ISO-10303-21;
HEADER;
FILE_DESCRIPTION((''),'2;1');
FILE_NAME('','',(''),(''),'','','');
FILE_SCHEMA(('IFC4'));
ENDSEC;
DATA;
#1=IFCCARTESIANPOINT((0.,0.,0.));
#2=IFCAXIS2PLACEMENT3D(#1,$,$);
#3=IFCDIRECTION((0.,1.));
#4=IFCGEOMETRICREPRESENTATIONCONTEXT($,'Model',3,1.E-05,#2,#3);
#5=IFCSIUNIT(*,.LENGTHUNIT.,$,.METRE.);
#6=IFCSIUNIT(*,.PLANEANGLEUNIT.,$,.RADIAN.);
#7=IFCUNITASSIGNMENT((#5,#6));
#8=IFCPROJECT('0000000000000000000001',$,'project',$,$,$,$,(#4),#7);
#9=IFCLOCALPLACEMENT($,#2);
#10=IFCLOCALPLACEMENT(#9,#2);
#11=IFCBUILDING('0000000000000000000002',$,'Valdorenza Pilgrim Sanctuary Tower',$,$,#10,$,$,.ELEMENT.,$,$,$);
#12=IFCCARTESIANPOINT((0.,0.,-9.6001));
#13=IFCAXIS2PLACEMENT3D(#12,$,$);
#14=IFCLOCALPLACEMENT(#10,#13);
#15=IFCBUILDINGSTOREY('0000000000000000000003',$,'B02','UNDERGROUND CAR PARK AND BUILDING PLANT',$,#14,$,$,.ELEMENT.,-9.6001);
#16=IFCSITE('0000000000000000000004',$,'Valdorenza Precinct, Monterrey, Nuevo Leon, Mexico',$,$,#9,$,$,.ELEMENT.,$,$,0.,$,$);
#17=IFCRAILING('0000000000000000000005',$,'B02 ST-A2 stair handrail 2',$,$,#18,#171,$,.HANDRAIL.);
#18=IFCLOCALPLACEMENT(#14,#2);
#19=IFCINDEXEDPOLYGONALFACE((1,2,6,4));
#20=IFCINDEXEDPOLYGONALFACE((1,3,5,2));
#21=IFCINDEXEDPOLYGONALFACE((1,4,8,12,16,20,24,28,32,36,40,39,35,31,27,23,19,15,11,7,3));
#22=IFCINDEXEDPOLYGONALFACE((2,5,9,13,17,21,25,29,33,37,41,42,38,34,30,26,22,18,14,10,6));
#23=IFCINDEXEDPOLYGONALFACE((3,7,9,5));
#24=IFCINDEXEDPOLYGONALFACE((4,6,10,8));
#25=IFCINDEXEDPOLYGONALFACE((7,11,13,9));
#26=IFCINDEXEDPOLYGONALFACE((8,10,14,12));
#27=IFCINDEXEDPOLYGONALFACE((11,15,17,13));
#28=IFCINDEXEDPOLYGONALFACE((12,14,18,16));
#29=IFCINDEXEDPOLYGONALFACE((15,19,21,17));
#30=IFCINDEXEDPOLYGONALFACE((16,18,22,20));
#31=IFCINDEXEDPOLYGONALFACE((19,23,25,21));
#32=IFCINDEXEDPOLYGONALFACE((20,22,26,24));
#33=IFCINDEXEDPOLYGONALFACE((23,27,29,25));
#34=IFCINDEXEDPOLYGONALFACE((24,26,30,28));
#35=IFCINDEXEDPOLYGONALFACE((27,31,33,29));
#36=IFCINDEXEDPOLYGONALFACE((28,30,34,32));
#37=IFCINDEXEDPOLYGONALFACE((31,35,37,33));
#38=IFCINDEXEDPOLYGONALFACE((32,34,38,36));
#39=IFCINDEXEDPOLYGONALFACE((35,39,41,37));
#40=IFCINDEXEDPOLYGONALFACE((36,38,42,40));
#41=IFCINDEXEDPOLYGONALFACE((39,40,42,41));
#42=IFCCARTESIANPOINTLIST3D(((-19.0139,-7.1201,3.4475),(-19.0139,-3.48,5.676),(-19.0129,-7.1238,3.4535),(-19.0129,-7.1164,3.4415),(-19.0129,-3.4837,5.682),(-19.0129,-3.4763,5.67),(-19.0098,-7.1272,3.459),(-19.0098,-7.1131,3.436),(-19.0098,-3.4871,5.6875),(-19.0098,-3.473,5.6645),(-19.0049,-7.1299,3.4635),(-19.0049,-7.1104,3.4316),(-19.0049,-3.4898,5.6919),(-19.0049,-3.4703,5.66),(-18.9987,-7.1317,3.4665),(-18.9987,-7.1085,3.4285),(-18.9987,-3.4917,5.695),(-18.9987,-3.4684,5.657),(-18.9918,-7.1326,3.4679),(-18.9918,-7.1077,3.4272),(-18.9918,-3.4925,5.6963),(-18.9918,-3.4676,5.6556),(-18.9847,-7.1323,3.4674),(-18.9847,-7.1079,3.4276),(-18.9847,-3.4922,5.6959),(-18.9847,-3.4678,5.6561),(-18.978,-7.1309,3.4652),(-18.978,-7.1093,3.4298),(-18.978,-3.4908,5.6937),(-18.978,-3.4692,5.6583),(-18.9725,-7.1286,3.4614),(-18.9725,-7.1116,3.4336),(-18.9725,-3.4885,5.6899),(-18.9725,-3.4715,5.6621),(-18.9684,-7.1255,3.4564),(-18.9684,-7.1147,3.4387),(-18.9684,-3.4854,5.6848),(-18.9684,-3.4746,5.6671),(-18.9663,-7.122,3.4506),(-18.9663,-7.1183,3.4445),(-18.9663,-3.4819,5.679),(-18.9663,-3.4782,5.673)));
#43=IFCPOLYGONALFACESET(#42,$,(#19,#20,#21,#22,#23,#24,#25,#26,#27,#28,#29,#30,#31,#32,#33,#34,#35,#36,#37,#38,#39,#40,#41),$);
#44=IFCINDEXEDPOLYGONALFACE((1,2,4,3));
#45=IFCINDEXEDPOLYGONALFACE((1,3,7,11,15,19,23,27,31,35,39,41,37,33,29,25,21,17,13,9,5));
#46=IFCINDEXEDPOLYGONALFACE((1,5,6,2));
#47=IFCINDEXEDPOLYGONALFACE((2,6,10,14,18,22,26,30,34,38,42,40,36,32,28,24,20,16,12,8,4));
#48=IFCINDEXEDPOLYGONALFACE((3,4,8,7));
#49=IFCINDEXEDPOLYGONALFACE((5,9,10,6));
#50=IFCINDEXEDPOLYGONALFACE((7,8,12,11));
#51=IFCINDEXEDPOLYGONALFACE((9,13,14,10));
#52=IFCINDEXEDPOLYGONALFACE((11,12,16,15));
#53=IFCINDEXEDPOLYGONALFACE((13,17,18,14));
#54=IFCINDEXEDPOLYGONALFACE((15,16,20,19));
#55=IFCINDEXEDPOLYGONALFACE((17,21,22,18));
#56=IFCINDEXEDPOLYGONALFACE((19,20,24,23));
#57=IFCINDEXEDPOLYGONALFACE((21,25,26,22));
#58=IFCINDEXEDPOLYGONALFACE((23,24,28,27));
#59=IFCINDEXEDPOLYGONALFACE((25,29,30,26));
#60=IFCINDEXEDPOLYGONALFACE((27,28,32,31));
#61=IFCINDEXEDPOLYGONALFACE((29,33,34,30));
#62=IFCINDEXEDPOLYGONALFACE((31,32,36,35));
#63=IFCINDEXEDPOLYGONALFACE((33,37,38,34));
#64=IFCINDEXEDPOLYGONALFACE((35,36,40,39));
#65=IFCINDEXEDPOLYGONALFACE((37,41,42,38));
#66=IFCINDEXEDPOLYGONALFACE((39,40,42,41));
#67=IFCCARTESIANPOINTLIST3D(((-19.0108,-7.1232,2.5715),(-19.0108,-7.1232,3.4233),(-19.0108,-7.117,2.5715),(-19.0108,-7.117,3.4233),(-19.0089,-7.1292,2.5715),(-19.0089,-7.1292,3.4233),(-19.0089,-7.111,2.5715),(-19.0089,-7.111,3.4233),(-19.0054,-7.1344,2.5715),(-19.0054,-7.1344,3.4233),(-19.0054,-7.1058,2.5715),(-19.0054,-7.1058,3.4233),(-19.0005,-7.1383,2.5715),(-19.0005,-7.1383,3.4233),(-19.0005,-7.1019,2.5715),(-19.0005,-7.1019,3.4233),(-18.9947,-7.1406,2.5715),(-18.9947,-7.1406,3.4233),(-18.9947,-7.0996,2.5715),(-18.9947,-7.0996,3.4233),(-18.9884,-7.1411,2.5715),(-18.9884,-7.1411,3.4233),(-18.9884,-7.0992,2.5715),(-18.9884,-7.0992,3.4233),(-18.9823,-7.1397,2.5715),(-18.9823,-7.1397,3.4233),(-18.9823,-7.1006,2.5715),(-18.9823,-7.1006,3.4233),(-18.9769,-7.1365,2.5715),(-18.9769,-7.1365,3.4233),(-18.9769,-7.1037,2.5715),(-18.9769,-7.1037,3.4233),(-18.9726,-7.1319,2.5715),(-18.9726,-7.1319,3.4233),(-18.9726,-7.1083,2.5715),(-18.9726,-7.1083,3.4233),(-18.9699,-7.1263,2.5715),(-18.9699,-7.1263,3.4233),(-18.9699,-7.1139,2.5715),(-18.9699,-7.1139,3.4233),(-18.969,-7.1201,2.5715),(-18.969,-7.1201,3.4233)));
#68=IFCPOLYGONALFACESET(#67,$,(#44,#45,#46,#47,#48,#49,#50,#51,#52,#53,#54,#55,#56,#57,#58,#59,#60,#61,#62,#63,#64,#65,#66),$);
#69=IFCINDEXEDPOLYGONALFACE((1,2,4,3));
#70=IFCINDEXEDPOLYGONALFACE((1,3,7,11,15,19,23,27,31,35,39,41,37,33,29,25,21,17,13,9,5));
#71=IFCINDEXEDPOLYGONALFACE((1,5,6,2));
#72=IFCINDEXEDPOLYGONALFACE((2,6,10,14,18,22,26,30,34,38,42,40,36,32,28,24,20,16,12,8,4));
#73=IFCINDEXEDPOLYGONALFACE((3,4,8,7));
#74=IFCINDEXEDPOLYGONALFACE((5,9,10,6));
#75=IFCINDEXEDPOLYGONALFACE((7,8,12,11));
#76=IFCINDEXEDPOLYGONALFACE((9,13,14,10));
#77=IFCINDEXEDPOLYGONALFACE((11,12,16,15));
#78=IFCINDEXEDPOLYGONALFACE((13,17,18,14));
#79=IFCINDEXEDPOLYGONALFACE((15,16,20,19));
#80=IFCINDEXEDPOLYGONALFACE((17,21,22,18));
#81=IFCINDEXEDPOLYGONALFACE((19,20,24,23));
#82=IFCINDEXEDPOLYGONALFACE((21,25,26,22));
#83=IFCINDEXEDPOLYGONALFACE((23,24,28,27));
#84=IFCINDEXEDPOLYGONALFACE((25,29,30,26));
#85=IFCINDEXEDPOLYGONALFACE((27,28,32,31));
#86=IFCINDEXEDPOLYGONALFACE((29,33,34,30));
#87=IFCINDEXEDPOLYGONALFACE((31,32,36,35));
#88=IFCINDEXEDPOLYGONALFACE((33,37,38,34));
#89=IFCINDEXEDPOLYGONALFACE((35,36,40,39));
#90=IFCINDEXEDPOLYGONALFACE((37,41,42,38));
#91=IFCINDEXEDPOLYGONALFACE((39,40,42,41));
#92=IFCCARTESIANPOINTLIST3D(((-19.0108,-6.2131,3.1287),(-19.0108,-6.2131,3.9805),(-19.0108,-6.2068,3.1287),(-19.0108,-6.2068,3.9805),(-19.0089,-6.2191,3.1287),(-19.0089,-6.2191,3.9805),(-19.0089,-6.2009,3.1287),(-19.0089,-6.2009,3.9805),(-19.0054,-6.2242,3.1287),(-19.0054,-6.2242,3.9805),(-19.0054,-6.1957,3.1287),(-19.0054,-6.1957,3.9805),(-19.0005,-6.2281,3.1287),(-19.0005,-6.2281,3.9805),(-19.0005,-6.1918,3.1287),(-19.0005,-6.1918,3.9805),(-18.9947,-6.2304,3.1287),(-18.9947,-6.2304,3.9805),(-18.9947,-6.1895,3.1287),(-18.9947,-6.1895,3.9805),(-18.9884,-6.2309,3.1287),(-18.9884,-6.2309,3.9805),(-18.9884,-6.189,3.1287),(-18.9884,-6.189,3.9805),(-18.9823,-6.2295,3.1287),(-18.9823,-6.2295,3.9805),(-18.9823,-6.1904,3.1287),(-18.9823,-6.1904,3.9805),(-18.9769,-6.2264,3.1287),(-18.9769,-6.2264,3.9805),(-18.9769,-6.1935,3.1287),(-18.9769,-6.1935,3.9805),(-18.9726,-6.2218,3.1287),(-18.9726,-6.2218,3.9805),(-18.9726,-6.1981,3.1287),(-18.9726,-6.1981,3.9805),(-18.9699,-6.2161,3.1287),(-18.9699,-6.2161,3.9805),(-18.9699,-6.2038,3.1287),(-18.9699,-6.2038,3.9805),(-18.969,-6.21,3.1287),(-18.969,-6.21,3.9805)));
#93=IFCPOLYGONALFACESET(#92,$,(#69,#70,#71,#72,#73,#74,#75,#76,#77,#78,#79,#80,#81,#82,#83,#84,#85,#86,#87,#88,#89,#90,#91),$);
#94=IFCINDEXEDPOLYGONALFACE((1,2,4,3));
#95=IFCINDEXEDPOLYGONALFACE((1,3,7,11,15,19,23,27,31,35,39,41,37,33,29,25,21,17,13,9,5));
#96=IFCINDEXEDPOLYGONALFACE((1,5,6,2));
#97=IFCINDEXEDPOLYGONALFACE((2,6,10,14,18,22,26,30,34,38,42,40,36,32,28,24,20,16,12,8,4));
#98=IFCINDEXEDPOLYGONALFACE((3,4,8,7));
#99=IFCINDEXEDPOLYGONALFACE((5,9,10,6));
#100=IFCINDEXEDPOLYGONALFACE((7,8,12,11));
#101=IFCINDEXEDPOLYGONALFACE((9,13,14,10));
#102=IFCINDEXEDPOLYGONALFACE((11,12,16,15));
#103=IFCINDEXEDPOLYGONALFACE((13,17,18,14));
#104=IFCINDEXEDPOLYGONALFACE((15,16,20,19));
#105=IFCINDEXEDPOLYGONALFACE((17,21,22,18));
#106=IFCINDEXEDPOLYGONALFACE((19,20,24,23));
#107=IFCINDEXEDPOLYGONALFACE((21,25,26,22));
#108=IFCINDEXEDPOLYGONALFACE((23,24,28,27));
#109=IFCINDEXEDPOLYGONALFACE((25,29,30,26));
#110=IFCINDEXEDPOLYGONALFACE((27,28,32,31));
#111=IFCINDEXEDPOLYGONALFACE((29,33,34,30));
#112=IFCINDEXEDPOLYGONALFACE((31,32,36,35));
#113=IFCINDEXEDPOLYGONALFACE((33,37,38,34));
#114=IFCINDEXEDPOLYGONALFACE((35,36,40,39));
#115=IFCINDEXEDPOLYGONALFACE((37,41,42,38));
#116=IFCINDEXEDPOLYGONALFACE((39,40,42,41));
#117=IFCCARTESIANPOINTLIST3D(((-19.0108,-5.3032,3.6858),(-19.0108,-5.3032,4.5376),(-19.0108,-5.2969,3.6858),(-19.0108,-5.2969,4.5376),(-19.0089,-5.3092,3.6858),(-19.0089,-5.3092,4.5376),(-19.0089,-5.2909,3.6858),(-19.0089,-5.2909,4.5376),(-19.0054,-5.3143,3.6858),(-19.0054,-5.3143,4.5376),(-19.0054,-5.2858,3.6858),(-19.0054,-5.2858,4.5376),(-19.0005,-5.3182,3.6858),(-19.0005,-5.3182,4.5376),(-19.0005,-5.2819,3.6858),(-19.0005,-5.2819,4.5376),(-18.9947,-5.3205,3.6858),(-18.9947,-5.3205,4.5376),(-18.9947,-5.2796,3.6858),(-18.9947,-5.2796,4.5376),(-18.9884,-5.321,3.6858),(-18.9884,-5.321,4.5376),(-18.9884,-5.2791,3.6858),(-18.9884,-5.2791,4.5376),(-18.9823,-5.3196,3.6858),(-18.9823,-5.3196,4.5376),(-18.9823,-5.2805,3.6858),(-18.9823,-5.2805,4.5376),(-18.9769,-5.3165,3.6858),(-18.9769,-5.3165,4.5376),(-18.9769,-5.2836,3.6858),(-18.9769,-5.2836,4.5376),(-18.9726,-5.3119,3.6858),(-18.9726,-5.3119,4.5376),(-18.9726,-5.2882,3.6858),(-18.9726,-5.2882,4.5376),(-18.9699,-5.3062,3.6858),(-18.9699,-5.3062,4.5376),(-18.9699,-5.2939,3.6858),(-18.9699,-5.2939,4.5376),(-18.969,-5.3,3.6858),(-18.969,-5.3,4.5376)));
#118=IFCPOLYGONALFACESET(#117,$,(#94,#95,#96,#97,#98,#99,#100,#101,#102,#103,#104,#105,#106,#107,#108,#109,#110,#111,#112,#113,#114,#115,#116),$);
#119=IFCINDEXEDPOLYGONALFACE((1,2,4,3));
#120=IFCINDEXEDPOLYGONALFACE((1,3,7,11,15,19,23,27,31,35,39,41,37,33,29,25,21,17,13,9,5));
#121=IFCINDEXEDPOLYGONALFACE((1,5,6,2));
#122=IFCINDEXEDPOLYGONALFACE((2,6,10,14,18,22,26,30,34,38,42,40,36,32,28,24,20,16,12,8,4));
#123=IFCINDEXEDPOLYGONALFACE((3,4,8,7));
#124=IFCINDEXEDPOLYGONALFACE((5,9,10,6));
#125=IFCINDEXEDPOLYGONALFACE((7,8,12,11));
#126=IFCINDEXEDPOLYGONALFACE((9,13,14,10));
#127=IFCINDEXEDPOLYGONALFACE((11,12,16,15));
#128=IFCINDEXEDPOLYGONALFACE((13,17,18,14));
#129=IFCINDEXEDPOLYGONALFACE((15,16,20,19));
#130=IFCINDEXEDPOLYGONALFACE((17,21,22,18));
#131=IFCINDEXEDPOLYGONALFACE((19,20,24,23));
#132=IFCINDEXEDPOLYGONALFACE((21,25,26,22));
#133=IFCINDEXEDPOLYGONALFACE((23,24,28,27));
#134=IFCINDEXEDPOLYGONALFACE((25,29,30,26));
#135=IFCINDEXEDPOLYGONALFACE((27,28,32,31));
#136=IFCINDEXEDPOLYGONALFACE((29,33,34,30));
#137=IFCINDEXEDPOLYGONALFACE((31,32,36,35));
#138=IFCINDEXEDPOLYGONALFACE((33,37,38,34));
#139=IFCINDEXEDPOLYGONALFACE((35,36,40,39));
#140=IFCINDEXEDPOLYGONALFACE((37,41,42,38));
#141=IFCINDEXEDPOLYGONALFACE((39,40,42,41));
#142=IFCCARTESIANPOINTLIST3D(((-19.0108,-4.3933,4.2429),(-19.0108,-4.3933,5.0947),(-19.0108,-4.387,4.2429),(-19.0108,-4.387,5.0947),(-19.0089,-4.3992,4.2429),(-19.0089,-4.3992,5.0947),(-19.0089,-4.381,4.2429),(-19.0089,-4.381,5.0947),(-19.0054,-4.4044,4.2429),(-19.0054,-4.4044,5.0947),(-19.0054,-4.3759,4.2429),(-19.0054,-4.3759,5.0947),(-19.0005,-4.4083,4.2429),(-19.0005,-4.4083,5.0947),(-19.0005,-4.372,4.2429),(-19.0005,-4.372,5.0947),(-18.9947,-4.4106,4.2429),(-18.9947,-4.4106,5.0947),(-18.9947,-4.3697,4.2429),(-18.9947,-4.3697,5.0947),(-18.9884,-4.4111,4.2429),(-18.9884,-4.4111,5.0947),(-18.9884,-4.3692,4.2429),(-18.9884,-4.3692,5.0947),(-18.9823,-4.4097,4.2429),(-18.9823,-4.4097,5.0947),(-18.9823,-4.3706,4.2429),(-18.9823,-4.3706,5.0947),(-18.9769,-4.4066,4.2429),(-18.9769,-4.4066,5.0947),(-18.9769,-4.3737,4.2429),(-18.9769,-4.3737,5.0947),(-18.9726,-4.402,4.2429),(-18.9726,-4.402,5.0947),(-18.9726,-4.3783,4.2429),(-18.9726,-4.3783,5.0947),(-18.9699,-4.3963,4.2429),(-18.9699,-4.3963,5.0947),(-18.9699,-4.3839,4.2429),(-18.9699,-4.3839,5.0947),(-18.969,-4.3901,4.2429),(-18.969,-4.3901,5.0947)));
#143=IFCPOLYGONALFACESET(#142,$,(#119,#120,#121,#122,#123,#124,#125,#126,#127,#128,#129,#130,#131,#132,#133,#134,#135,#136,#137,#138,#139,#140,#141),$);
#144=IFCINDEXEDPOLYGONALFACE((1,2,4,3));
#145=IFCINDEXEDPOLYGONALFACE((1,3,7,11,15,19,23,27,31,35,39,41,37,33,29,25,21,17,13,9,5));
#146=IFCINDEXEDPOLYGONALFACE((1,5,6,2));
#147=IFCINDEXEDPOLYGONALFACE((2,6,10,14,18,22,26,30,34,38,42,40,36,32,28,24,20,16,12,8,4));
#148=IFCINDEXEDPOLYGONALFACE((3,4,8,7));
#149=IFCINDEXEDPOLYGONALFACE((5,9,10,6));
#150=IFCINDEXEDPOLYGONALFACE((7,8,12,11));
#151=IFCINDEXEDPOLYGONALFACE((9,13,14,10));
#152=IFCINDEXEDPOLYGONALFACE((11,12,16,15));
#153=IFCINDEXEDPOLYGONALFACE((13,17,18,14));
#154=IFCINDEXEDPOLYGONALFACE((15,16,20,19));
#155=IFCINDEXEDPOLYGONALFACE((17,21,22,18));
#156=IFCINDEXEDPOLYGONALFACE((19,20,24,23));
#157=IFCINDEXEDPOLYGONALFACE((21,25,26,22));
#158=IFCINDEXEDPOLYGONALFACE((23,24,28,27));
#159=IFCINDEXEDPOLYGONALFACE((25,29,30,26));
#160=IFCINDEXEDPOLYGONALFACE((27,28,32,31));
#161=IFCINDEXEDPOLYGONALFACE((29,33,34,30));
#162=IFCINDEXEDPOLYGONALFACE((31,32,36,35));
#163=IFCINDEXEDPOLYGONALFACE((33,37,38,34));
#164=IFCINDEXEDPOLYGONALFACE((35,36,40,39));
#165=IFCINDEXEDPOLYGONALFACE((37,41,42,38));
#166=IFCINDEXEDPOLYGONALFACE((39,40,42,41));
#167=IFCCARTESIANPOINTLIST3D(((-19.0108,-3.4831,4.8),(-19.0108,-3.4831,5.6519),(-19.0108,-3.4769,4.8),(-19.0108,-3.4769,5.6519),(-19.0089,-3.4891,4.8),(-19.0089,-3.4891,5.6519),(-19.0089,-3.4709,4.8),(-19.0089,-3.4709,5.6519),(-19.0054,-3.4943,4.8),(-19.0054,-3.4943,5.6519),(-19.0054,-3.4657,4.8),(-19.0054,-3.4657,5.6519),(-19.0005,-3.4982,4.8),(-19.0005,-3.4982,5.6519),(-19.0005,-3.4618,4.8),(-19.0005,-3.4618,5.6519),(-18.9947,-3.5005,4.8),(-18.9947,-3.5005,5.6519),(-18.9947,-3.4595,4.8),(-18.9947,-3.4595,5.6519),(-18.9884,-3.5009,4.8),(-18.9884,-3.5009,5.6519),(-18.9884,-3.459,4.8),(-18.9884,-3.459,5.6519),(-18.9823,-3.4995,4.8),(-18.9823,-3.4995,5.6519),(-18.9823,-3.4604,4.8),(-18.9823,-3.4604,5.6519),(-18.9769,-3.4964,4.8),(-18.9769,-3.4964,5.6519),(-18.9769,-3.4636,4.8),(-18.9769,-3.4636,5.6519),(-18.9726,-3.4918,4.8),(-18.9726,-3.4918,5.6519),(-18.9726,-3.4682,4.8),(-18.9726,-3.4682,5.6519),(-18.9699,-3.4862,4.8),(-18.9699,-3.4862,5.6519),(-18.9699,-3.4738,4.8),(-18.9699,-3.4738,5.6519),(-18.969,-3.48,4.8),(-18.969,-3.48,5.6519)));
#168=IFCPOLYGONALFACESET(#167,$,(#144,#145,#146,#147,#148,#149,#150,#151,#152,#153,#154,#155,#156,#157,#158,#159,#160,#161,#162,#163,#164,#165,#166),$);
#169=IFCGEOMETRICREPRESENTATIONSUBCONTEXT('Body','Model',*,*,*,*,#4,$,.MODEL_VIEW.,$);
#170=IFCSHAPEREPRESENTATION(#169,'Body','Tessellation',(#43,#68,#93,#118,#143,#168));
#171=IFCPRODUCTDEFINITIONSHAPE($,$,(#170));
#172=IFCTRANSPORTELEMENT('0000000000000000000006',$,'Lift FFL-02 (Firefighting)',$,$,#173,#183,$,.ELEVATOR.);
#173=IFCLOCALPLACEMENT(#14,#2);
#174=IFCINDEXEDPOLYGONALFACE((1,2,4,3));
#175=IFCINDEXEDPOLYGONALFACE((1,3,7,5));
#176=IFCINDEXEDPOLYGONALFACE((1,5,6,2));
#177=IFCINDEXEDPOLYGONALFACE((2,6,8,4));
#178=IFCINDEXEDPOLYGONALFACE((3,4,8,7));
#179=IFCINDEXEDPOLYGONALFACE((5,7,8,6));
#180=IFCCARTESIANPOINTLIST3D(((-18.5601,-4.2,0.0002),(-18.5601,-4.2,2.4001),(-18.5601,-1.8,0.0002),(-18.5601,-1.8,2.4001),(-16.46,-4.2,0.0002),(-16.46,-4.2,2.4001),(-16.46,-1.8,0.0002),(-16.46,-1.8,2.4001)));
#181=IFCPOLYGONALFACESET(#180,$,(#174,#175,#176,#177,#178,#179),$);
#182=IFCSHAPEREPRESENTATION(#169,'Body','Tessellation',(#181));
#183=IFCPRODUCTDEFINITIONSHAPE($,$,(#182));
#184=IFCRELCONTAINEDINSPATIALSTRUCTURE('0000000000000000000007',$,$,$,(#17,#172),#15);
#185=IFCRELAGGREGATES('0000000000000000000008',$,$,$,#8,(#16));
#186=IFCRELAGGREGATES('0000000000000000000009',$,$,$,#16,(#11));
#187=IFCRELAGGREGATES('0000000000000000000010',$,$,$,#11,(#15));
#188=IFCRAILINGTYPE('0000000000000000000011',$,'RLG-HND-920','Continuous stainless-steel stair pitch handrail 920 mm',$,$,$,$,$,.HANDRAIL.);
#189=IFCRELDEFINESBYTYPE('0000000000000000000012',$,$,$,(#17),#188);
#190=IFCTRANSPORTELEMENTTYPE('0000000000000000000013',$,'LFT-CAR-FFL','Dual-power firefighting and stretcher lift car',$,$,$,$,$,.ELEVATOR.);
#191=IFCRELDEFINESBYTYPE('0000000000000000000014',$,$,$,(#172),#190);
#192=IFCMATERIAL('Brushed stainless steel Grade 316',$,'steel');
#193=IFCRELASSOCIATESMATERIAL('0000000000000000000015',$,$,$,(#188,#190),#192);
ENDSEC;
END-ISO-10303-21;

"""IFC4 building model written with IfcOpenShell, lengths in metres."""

from ifc_helpers import new_model, si_unit, direction, frame, origin, origin_2d, place, context, subcontext, project, spatial, rectangle, circle, extrude, source, transform, mapped, material, type_object, element, save


model = new_model("IFC4")

# Units and contexts
model_context = context("Model", 3, precision=1e-05, world=origin(), true_north=direction((0.0, 1.0)))
body_context = subcontext(model_context, "Body", "Model", "MODEL_VIEW")
ifc_project = project(units=[si_unit("LENGTHUNIT", "METRE"), si_unit("PLANEANGLEUNIT", "RADIAN")], contexts=[model_context])

# Site, building, storey
site_placement = place(None, origin())
site = spatial("IfcSite", under=ifc_project, at=site_placement, Name="Valdorenza Precinct, Monterrey, Nuevo Leon, Mexico", CompositionType="ELEMENT", RefElevation=0.0)
building_placement = place(site_placement, origin())
building = spatial("IfcBuilding", under=site, at=building_placement, Name="Valdorenza Pilgrim Sanctuary Tower", CompositionType="ELEMENT")
storey_placement = place(building_placement, frame((0.0, 0.0, -9.6001)))
storey = spatial("IfcBuildingStorey", under=building, at=storey_placement, Name="B02", Description="UNDERGROUND CAR PARK AND BUILDING PLANT", CompositionType="ELEMENT", Elevation=-9.6001)

# Shared definitions
ifc_material_1 = material(Name="Brushed stainless steel Grade 316", Category="steel")

# Railing
railing_type_1 = type_object("IfcRailingType", Name="RLG-HND-920", Description="Continuous stainless-steel stair pitch handrail 920 mm", PredefinedType="HANDRAIL", material=ifc_material_1)
railing_1_placement = place(storey_placement, frame((-18.99, -7.1201, 2.5715)))
element("IfcRailing", 1, at=railing_1_placement, inside=storey, type_object=railing_type_1, Name="B02 ST-A2 stair handrail 2", PredefinedType="HANDRAIL", context=body_context, shape_type="SweptSolid", body=[
    extrude(circle(Radius=0.0239, at=origin_2d()), frame((0.0, 0.0, 0.876), z_axis=(0.0, 0.852866, 0.52213), x_axis=(-1.0, 0.0, 0.0)), (0.0, 0.0, 1.0), 4.2681),
    extrude(circle(Radius=0.021, at=origin_2d()), origin(), (0.0, 0.0, 1.0), 0.8518),
    extrude(circle(Radius=0.021, at=origin_2d()), frame((0.0, 0.9102, 0.5571)), (0.0, 0.0, 1.0), 0.8518),
    extrude(circle(Radius=0.021, at=origin_2d()), frame((0.0, 1.8201, 1.1143)), (0.0, 0.0, 1.0), 0.8518),
    extrude(circle(Radius=0.021, at=origin_2d()), frame((0.0, 2.73, 1.6714)), (0.0, 0.0, 1.0), 0.8518),
    extrude(circle(Radius=0.021, at=origin_2d()), frame((0.0, 3.6401, 2.2285)), (0.0, 0.0, 1.0), 0.8518),
])

# Transport element
transport_element_type = type_object("IfcTransportElementType", Name="LFT-CAR-FFL", Description="Dual-power firefighting and stretcher lift car", PredefinedType="ELEVATOR", material=ifc_material_1)
shared_shape_1 = source(origin(), body_context, "Body", "SweptSolid", [
    extrude(rectangle(XDim=2.1001, YDim=2.3999, at=origin_2d()), origin(), (0.0, 0.0, 1.0), 2.3999),
])
transport_element_placement = place(storey_placement, frame((-17.51, -3.0, 0.0002), z_axis=(0.0, 0.0, 1.0), x_axis=(1.0, 0.0, 0.0)))
element("IfcTransportElement", 2, at=transport_element_placement, inside=storey, type_object=transport_element_type, Name="Lift FFL-02 (Firefighting)", PredefinedType="ELEVATOR", context=body_context, shape_type="MappedRepresentation", body=[
    mapped(shared_shape_1, transform((0.0, 0.0, 0.0), x_axis=(1.0, 0.0, 0.0), y_axis=(0.0, 1.0, 0.0), z_axis=(0.0, 0.0, 1.0), scale=1.0)),
])

save(model, "model.ifc")
